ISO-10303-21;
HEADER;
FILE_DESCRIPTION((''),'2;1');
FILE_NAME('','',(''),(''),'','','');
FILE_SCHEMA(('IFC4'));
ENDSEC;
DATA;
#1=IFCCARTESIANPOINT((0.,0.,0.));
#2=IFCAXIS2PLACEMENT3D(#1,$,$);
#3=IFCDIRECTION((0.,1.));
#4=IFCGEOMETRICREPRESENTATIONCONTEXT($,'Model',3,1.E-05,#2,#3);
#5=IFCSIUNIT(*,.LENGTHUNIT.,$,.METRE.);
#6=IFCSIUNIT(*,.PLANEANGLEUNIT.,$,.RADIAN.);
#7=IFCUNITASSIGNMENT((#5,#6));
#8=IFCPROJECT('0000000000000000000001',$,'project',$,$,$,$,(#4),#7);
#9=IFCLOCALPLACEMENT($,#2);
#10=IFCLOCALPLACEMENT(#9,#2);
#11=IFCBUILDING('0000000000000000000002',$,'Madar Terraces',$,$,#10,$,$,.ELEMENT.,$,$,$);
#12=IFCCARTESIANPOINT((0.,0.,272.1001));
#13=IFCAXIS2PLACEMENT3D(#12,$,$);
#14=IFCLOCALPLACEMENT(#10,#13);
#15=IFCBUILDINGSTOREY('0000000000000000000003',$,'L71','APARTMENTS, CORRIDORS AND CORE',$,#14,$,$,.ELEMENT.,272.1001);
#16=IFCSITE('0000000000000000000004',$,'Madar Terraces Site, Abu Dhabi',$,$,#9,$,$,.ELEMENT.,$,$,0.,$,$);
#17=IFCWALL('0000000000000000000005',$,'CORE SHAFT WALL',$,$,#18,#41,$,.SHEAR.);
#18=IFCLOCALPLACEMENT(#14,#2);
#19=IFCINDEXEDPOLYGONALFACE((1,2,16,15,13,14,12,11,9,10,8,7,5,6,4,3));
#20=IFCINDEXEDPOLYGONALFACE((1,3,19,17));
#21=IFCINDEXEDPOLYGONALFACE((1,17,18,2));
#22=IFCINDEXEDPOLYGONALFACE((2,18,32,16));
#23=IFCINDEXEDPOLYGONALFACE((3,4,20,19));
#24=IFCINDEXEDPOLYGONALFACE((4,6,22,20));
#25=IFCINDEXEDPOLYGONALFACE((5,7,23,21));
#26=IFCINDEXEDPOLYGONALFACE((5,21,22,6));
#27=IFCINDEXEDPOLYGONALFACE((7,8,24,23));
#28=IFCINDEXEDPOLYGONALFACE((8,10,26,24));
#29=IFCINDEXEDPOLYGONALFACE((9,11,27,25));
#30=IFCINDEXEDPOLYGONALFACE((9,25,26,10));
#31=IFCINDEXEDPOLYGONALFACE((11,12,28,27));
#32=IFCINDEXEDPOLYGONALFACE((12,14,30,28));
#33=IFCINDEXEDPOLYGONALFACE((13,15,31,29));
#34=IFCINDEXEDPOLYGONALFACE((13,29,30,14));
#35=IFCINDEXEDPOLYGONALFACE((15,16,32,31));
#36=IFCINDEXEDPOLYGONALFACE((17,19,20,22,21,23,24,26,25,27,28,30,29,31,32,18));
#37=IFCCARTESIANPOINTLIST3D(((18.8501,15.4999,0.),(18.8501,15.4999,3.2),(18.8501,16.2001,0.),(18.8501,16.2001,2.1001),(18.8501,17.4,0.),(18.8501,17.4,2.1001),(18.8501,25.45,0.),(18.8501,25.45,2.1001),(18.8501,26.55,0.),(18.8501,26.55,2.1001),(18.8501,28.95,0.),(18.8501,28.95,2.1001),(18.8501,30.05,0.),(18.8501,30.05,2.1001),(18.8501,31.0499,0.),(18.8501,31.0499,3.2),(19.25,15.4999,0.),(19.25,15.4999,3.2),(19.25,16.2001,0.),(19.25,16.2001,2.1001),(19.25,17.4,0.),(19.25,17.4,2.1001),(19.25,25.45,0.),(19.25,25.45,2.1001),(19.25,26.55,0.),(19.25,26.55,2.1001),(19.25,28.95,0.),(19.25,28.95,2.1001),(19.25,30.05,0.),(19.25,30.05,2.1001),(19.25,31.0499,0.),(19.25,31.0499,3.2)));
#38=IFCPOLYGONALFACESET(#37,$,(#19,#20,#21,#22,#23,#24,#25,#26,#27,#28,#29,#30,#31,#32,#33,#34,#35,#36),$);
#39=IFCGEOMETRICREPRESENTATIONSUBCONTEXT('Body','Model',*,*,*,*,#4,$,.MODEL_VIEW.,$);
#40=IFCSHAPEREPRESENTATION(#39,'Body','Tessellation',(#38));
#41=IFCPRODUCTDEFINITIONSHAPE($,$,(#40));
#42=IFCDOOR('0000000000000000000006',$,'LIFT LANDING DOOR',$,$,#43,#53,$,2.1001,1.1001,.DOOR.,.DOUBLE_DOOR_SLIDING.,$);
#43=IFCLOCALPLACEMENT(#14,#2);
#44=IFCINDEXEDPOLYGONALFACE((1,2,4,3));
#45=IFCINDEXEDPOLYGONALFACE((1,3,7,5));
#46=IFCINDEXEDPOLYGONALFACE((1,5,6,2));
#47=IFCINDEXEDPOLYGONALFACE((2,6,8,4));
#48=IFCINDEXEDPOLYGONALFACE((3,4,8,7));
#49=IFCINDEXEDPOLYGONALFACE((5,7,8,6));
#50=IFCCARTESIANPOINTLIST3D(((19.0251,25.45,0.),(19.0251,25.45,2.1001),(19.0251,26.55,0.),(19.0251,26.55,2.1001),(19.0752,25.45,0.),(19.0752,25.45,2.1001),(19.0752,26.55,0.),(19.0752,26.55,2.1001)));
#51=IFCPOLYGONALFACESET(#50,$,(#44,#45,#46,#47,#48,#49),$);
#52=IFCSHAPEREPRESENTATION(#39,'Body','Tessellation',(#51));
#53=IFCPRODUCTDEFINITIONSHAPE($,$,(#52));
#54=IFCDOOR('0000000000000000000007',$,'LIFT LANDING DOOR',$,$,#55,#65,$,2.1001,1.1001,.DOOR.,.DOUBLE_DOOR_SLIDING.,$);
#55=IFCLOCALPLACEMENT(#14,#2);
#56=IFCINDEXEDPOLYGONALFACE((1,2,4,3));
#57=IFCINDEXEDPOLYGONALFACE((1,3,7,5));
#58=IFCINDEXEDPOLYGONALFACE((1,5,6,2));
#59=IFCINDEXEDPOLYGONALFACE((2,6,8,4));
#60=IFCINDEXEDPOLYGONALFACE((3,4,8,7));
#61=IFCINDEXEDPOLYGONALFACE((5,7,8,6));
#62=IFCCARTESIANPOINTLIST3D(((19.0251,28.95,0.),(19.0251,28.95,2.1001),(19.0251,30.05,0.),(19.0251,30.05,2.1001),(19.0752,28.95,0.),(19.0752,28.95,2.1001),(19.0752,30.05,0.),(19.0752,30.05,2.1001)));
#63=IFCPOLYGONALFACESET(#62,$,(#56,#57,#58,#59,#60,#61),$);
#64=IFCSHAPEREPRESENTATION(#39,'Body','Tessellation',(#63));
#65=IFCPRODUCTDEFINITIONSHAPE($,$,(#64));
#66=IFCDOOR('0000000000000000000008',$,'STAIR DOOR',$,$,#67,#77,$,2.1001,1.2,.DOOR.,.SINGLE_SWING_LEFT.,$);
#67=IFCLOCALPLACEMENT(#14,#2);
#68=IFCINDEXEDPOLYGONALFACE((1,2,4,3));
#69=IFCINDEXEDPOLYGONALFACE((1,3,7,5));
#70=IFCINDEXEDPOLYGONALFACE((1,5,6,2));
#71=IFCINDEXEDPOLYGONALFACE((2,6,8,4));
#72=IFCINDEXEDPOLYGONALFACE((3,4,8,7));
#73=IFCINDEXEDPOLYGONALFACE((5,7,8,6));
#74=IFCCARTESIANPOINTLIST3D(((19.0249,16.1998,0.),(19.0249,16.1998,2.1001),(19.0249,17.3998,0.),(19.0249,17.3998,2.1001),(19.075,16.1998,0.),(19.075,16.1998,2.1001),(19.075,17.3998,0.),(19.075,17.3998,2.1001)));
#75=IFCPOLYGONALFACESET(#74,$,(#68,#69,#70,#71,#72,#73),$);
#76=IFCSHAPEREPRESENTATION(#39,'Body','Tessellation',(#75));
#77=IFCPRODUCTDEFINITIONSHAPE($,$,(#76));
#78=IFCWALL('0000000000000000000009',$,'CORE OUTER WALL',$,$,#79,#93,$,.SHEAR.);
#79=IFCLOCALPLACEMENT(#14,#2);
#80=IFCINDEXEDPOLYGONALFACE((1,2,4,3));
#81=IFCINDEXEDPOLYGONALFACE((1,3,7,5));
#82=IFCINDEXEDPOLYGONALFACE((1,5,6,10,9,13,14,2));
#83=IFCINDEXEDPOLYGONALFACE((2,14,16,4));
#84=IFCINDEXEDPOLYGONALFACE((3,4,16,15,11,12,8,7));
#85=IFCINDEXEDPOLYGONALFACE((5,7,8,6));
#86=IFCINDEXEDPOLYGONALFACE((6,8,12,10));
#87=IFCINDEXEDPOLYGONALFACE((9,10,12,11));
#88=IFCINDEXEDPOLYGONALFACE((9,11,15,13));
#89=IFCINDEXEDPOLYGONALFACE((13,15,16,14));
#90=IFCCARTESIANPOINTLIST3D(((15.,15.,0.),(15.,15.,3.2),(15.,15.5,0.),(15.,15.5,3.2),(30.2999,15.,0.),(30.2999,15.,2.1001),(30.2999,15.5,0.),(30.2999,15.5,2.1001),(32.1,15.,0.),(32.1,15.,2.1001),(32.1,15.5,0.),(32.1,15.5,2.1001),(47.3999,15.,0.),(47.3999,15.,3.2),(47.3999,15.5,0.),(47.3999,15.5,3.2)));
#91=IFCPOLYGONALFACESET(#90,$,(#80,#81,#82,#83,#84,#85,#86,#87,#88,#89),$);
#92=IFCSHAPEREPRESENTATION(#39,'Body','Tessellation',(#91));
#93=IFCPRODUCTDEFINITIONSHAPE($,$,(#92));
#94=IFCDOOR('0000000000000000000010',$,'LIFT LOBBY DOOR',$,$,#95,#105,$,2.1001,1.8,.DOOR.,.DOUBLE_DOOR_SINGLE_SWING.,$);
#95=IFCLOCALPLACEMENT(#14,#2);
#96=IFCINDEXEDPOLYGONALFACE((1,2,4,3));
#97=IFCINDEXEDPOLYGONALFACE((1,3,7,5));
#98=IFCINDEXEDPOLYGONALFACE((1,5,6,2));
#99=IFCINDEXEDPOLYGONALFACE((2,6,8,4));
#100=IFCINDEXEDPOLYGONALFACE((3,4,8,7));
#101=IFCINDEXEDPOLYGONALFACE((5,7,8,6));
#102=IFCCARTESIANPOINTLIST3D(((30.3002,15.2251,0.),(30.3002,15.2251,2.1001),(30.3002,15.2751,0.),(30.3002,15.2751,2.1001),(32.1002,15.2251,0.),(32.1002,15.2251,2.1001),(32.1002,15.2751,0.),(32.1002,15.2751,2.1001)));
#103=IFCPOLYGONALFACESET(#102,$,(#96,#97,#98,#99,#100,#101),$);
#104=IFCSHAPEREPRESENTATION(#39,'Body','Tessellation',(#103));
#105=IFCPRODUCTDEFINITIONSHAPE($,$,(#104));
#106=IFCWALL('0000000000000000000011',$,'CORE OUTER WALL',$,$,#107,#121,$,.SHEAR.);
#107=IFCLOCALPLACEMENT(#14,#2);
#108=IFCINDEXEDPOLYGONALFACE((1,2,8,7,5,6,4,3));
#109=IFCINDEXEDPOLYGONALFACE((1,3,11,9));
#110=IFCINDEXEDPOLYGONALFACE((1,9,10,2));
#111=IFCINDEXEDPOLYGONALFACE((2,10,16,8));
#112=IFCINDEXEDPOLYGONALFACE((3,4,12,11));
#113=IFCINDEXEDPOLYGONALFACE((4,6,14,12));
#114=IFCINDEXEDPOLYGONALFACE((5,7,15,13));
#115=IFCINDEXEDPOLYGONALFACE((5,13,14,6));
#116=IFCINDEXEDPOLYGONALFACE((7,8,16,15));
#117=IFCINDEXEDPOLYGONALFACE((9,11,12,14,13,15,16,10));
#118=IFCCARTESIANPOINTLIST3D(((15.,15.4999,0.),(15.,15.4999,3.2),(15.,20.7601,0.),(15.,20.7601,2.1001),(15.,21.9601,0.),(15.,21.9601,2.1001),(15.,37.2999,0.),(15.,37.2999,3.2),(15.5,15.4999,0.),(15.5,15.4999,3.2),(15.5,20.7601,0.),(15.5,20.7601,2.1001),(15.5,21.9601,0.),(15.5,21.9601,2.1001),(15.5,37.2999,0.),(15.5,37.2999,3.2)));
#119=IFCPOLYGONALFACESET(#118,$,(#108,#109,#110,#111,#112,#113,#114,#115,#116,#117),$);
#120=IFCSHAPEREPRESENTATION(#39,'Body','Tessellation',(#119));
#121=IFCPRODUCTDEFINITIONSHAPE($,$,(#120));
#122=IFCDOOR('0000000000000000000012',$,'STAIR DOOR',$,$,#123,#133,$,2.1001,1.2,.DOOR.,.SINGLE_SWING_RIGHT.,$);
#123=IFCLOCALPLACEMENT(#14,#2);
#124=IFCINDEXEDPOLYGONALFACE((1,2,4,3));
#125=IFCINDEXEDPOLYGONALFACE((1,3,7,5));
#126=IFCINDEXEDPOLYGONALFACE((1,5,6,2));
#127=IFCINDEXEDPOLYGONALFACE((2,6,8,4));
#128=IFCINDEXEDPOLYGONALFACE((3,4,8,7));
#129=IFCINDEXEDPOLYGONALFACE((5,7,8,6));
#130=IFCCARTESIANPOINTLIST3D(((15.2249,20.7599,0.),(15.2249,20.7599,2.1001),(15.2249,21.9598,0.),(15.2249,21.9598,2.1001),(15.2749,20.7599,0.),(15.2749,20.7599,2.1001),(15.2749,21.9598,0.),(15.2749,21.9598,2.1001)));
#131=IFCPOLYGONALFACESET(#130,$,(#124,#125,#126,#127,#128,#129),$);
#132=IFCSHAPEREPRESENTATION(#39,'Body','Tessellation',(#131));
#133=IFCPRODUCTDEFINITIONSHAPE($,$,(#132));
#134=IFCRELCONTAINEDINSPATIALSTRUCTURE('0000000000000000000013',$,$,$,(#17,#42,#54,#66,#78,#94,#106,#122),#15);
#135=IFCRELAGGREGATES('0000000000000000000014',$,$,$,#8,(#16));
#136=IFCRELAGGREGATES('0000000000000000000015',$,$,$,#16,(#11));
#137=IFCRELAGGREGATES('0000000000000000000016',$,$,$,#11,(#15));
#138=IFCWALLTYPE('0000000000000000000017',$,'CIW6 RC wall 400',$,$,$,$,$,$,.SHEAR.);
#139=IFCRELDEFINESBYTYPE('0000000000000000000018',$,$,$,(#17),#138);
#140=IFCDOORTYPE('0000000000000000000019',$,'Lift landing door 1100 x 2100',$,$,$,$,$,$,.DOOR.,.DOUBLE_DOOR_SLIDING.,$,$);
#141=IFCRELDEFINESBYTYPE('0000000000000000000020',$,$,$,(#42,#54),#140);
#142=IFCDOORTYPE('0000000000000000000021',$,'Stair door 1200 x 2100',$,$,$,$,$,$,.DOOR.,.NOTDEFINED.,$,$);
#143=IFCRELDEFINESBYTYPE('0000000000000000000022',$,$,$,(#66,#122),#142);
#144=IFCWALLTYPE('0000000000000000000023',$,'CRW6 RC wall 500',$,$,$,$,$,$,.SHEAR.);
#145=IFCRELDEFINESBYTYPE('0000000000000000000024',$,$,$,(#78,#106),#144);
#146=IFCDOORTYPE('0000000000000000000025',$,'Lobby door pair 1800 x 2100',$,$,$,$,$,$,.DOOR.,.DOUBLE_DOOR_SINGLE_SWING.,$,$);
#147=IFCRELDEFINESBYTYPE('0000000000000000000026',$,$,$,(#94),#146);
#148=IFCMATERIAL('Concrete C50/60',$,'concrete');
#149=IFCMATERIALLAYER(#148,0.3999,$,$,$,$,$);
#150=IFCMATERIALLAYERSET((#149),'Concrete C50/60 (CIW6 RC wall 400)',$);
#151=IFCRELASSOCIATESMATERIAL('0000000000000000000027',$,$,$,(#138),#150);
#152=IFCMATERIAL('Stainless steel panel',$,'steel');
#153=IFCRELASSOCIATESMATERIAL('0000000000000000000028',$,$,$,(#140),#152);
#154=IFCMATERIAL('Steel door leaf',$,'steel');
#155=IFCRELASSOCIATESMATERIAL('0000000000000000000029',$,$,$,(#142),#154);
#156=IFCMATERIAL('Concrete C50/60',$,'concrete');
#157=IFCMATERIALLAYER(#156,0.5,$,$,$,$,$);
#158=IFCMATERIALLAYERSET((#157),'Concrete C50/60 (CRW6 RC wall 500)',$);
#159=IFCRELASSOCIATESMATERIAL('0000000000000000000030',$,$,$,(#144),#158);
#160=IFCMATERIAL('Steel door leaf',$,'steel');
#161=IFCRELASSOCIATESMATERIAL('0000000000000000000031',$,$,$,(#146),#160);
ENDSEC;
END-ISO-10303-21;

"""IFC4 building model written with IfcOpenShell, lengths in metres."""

from ifc_helpers import new_model, si_unit, direction, frame, frame_2d, origin, place, context, subcontext, project, spatial, rectangle, extrude, material, layer, layer_set, type_object, element, fill, save


model = new_model("IFC4")

# Units and contexts
model_context = context("Model", 3, precision=1e-05, world=origin(), true_north=direction((0.0, 1.0)))
body_context = subcontext(model_context, "Body", "Model", "MODEL_VIEW")
ifc_project = project(units=[si_unit("LENGTHUNIT", "METRE"), si_unit("PLANEANGLEUNIT", "RADIAN")], contexts=[model_context])

# Site, building, storey
site_placement = place(None, origin())
site = spatial("IfcSite", under=ifc_project, at=site_placement, Name="Madar Terraces Site, Abu Dhabi", CompositionType="ELEMENT", RefElevation=0.0)
building_placement = place(site_placement, origin())
building = spatial("IfcBuilding", under=site, at=building_placement, Name="Madar Terraces", CompositionType="ELEMENT")
storey_placement = place(building_placement, frame((0.0, 0.0, 272.1001)))
storey = spatial("IfcBuildingStorey", under=building, at=storey_placement, Name="L71", Description="APARTMENTS, CORRIDORS AND CORE", CompositionType="ELEMENT", Elevation=272.1001)

# Wall, openings, doors
ifc_material_1 = material(Name="Concrete C50/60", Category="concrete")
ifc_layer_1 = layer(ifc_material_1, 0.3999)
ifc_layer_set_1 = layer_set([ifc_layer_1], Name="Concrete C50/60 (CIW6 RC wall 400)")
wall_type_1 = type_object("IfcWallType", Name="CIW6 RC wall 400", PredefinedType="SHEAR", material=ifc_layer_set_1)
wall_1_placement = place(storey_placement, frame((19.05, 15.5, 0.0), z_axis=(0.0, 0.0, 1.0), x_axis=(0.0, 1.0, 0.0)))
wall_1 = element("IfcWall", 1, at=wall_1_placement, inside=storey, type_object=wall_type_1, Name="CORE SHAFT WALL", PredefinedType="SHEAR", context=body_context, shape_type="SweptSolid", body=[
    extrude(rectangle(XDim=15.55, YDim=0.3999, at=frame_2d((7.7749, 0.0))), origin(), (0.0, 0.0, 1.0), 3.2),
])
opening_1_placement = place(wall_1_placement, frame((9.95, 0.0, 0.0)))
opening_1 = element("IfcOpeningElement", 2, at=opening_1_placement, cuts=wall_1, PredefinedType="OPENING", context=body_context, shape_type="SweptSolid", body=[
    extrude(rectangle(XDim=1.1001, YDim=2.1001, at=frame_2d((0.55, 1.05))), frame((0.0, 0.21, 0.0), z_axis=(0.0, -1.0, 0.0), x_axis=(1.0, 0.0, 0.0)), (0.0, 0.0, 1.0), 0.4199),
])
opening_2_placement = place(wall_1_placement, frame((13.45, 0.0, 0.0)))
opening_2 = element("IfcOpeningElement", 3, at=opening_2_placement, cuts=wall_1, PredefinedType="OPENING", context=body_context, shape_type="SweptSolid", body=[
    extrude(rectangle(XDim=1.1001, YDim=2.1001, at=frame_2d((0.55, 1.05))), frame((0.0, 0.21, 0.0), z_axis=(0.0, -1.0, 0.0), x_axis=(1.0, 0.0, 0.0)), (0.0, 0.0, 1.0), 0.4199),
])
opening_3_placement = place(wall_1_placement, frame((0.7, 0.0, 0.0)))
opening_3 = element("IfcOpeningElement", 4, at=opening_3_placement, cuts=wall_1, PredefinedType="OPENING", context=body_context, shape_type="SweptSolid", body=[
    extrude(rectangle(XDim=1.2, YDim=2.1001, at=frame_2d((0.6001, 1.05))), frame((0.0, 0.21, 0.0), z_axis=(0.0, -1.0, 0.0), x_axis=(1.0, 0.0, 0.0)), (0.0, 0.0, 1.0), 0.4199),
])
ifc_material_2 = material(Name="Stainless steel panel", Category="steel")
door_type_1 = type_object("IfcDoorType", Name="Lift landing door 1100 x 2100", OperationType="DOUBLE_DOOR_SLIDING", PredefinedType="DOOR", material=ifc_material_2)
door_1_placement = place(opening_1_placement, origin())
door_1 = element("IfcDoor", 5, at=door_1_placement, inside=storey, type_object=door_type_1, Name="LIFT LANDING DOOR", OperationType="DOUBLE_DOOR_SLIDING", OverallHeight=2.1001, OverallWidth=1.1001, PredefinedType="DOOR", context=body_context, shape_type="SweptSolid", body=[
    extrude(rectangle(XDim=1.1001, YDim=2.1001, at=frame_2d((0.55, 1.05))), frame((0.0, 0.0249, 0.0), z_axis=(0.0, -1.0, 0.0), x_axis=(1.0, 0.0, 0.0)), (0.0, 0.0, 1.0), 0.05),
])
fill(opening_1, door_1)
door_2_placement = place(opening_2_placement, origin())
door_2 = element("IfcDoor", 6, at=door_2_placement, inside=storey, type_object=door_type_1, Name="LIFT LANDING DOOR", OperationType="DOUBLE_DOOR_SLIDING", OverallHeight=2.1001, OverallWidth=1.1001, PredefinedType="DOOR", context=body_context, shape_type="SweptSolid", body=[
    extrude(rectangle(XDim=1.1001, YDim=2.1001, at=frame_2d((0.55, 1.05))), frame((0.0, 0.0249, 0.0), z_axis=(0.0, -1.0, 0.0), x_axis=(1.0, 0.0, 0.0)), (0.0, 0.0, 1.0), 0.05),
])
fill(opening_2, door_2)
ifc_material_3 = material(Name="Steel door leaf", Category="steel")
door_type_2 = type_object("IfcDoorType", Name="Stair door 1200 x 2100", OperationType="NOTDEFINED", PredefinedType="DOOR", material=ifc_material_3)
door_3_placement = place(opening_3_placement, frame((1.2, 0.0, 0.0), z_axis=(0.0, 0.0, 1.0), x_axis=(-1.0, 0.0, 0.0)))
door_3 = element("IfcDoor", 7, at=door_3_placement, inside=storey, type_object=door_type_2, Name="STAIR DOOR", OperationType="SINGLE_SWING_LEFT", OverallHeight=2.1001, OverallWidth=1.2, PredefinedType="DOOR", context=body_context, shape_type="SweptSolid", body=[
    extrude(rectangle(XDim=1.2, YDim=2.1001, at=frame_2d((0.6001, 1.05))), frame((0.0, 0.0249, 0.0), z_axis=(0.0, -1.0, 0.0), x_axis=(1.0, 0.0, 0.0)), (0.0, 0.0, 1.0), 0.05),
])
fill(opening_3, door_3)

# Walls, openings, doors
ifc_material_4 = material(Name="Concrete C50/60", Category="concrete")
ifc_layer_2 = layer(ifc_material_4, 0.5)
ifc_layer_set_2 = layer_set([ifc_layer_2], Name="Concrete C50/60 (CRW6 RC wall 500)")
wall_type_2 = type_object("IfcWallType", Name="CRW6 RC wall 500", PredefinedType="SHEAR", material=ifc_layer_set_2)
wall_2_placement = place(storey_placement, frame((15.0, 15.25, 0.0), z_axis=(0.0, 0.0, 1.0), x_axis=(1.0, 0.0, 0.0)))
wall_2 = element("IfcWall", 8, at=wall_2_placement, inside=storey, type_object=wall_type_2, Name="CORE OUTER WALL", PredefinedType="SHEAR", context=body_context, shape_type="SweptSolid", body=[
    extrude(rectangle(XDim=32.3999, YDim=0.5, at=frame_2d((16.2, 0.0))), origin(), (0.0, 0.0, 1.0), 3.2),
])
opening_4_placement = place(wall_2_placement, frame((15.3, 0.0, 0.0)))
opening_4 = element("IfcOpeningElement", 9, at=opening_4_placement, cuts=wall_2, PredefinedType="OPENING", context=body_context, shape_type="SweptSolid", body=[
    extrude(rectangle(XDim=1.8, YDim=2.1001, at=frame_2d((0.8999, 1.05))), frame((0.0, 0.26, 0.0), z_axis=(0.0, -1.0, 0.0), x_axis=(1.0, 0.0, 0.0)), (0.0, 0.0, 1.0), 0.52),
])
ifc_material_5 = material(Name="Steel door leaf", Category="steel")
door_type_3 = type_object("IfcDoorType", Name="Lobby door pair 1800 x 2100", OperationType="DOUBLE_DOOR_SINGLE_SWING", PredefinedType="DOOR", material=ifc_material_5)
door_4_placement = place(opening_4_placement, frame((1.8, 0.0, 0.0), z_axis=(0.0, 0.0, 1.0), x_axis=(-1.0, 0.0, 0.0)))
door_4 = element("IfcDoor", 10, at=door_4_placement, inside=storey, type_object=door_type_3, Name="LIFT LOBBY DOOR", OperationType="DOUBLE_DOOR_SINGLE_SWING", OverallHeight=2.1001, OverallWidth=1.8, PredefinedType="DOOR", context=body_context, shape_type="SweptSolid", body=[
    extrude(rectangle(XDim=1.8, YDim=2.1001, at=frame_2d((0.8999, 1.05))), frame((0.0, 0.0249, 0.0), z_axis=(0.0, -1.0, 0.0), x_axis=(1.0, 0.0, 0.0)), (0.0, 0.0, 1.0), 0.05),
])
fill(opening_4, door_4)
wall_3_placement = place(storey_placement, frame((15.25, 15.5, 0.0), z_axis=(0.0, 0.0, 1.0), x_axis=(0.0, 1.0, 0.0)))
wall_3 = element("IfcWall", 11, at=wall_3_placement, inside=storey, type_object=wall_type_2, Name="CORE OUTER WALL", PredefinedType="SHEAR", context=body_context, shape_type="SweptSolid", body=[
    extrude(rectangle(XDim=21.8, YDim=0.5, at=frame_2d((10.8999, 0.0))), origin(), (0.0, 0.0, 1.0), 3.2),
])
opening_5_placement = place(wall_3_placement, frame((5.26, 0.0, 0.0)))
opening_5 = element("IfcOpeningElement", 12, at=opening_5_placement, cuts=wall_3, PredefinedType="OPENING", context=body_context, shape_type="SweptSolid", body=[
    extrude(rectangle(XDim=1.2, YDim=2.1001, at=frame_2d((0.6001, 1.05))), frame((0.0, 0.26, 0.0), z_axis=(0.0, -1.0, 0.0), x_axis=(1.0, 0.0, 0.0)), (0.0, 0.0, 1.0), 0.52),
])
door_5_placement = place(opening_5_placement, frame((1.2, 0.0, 0.0), z_axis=(0.0, 0.0, 1.0), x_axis=(-1.0, 0.0, 0.0)))
door_5 = element("IfcDoor", 13, at=door_5_placement, inside=storey, type_object=door_type_2, Name="STAIR DOOR", OperationType="SINGLE_SWING_RIGHT", OverallHeight=2.1001, OverallWidth=1.2, PredefinedType="DOOR", context=body_context, shape_type="SweptSolid", body=[
    extrude(rectangle(XDim=1.2, YDim=2.1001, at=frame_2d((0.6001, 1.05))), frame((0.0, 0.0249, 0.0), z_axis=(0.0, -1.0, 0.0), x_axis=(1.0, 0.0, 0.0)), (0.0, 0.0, 1.0), 0.05),
])
fill(opening_5, door_5)

save(model, "model.ifc")
